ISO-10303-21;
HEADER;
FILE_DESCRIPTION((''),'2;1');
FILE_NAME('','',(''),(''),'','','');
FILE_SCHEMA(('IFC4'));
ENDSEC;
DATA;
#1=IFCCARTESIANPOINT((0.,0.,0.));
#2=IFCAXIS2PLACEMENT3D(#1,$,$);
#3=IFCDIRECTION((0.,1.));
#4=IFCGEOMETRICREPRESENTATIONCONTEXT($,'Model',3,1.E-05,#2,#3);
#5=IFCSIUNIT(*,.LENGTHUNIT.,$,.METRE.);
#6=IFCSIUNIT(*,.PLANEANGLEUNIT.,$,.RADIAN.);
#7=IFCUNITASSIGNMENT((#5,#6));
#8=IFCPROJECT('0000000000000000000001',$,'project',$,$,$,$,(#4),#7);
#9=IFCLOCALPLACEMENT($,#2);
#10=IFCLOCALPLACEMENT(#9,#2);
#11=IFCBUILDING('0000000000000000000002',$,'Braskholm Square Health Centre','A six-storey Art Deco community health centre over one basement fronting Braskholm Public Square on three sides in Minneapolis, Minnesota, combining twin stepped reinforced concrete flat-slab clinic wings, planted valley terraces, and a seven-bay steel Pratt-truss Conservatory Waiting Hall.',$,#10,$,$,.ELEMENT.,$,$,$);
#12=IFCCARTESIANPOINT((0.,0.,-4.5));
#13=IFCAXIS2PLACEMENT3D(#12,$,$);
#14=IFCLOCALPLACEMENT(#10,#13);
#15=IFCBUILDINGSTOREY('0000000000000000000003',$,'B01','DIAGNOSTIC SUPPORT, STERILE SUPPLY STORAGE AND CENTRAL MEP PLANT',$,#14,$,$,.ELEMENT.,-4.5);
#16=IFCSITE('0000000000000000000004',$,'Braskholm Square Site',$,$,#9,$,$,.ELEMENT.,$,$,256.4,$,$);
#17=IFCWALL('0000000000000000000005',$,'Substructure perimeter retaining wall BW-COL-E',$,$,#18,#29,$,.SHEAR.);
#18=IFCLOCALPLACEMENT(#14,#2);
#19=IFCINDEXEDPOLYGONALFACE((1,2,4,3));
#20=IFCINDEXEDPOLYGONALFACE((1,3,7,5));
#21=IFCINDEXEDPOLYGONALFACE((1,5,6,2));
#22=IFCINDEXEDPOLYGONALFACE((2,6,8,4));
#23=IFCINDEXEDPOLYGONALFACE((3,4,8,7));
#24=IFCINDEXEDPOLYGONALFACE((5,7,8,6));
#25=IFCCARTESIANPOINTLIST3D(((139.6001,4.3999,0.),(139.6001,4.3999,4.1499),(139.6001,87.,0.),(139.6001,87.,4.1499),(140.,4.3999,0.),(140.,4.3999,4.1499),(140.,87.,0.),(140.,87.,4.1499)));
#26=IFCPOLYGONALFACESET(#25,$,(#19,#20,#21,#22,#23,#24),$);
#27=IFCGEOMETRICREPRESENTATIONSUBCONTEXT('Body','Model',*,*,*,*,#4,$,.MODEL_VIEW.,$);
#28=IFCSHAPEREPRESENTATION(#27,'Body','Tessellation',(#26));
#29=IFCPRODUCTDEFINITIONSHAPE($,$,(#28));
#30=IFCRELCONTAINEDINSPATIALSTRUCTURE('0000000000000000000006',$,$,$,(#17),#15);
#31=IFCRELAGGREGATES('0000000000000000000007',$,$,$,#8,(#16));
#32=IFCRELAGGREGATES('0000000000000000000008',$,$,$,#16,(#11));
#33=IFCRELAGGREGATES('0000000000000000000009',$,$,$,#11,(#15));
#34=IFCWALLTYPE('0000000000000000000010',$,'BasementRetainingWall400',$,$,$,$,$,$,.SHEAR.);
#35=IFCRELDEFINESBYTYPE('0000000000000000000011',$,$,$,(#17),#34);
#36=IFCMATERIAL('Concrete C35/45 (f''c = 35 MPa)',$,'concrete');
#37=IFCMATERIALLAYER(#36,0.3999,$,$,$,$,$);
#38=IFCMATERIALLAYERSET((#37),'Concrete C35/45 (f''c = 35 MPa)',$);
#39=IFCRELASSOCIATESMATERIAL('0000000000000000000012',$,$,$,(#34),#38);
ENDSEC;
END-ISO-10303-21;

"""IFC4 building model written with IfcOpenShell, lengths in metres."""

from ifc_helpers import new_model, si_unit, direction, frame, frame_2d, origin, place, context, subcontext, project, spatial, rectangle, extrude, material, layer, layer_set, type_object, element, save


model = new_model("IFC4")

# Units and contexts
model_context = context("Model", 3, precision=1e-05, world=origin(), true_north=direction((0.0, 1.0)))
body_context = subcontext(model_context, "Body", "Model", "MODEL_VIEW")
ifc_project = project(units=[si_unit("LENGTHUNIT", "METRE"), si_unit("PLANEANGLEUNIT", "RADIAN")], contexts=[model_context])

# Site, building, storey
site_placement = place(None, origin())
site = spatial("IfcSite", under=ifc_project, at=site_placement, Name="Braskholm Square Site", CompositionType="ELEMENT", RefElevation=256.4)
building_placement = place(site_placement, origin())
building = spatial("IfcBuilding", under=site, at=building_placement, Name="Braskholm Square Health Centre", Description="A six-storey Art Deco community health centre over one basement fronting Braskholm Public Square on three sides in Minneapolis, Minnesota, combining twin stepped reinforced concrete flat-slab clinic wings, planted valley terraces, and a seven-bay steel Pratt-truss Conservatory Waiting Hall.", CompositionType="ELEMENT")
storey_placement = place(building_placement, frame((0.0, 0.0, -4.5)))
storey = spatial("IfcBuildingStorey", under=building, at=storey_placement, Name="B01", Description="DIAGNOSTIC SUPPORT, STERILE SUPPLY STORAGE AND CENTRAL MEP PLANT", CompositionType="ELEMENT", Elevation=-4.5)

# Wall
ifc_material_1 = material(Name="Concrete C35/45 (f'c = 35 MPa)", Category="concrete")
ifc_layer = layer(ifc_material_1, 0.3999)
ifc_layer_set = layer_set([ifc_layer], Name="Concrete C35/45 (f'c = 35 MPa)")
wall_type = type_object("IfcWallType", Name="BasementRetainingWall400", PredefinedType="SHEAR", material=ifc_layer_set)
wall_placement = place(storey_placement, frame((139.8, 87.0, 0.0), z_axis=(0.0, 0.0, 1.0), x_axis=(0.0, -1.0, 0.0)))
element("IfcWall", 1, at=wall_placement, inside=storey, type_object=wall_type, Name="Substructure perimeter retaining wall BW-COL-E", PredefinedType="SHEAR", context=body_context, shape_type="SweptSolid", body=[
    extrude(rectangle(XDim=82.6001, YDim=0.3999, at=frame_2d((41.3, 0.0))), origin(), (0.0, 0.0, 1.0), 4.1499),
])

save(model, "model.ifc")
